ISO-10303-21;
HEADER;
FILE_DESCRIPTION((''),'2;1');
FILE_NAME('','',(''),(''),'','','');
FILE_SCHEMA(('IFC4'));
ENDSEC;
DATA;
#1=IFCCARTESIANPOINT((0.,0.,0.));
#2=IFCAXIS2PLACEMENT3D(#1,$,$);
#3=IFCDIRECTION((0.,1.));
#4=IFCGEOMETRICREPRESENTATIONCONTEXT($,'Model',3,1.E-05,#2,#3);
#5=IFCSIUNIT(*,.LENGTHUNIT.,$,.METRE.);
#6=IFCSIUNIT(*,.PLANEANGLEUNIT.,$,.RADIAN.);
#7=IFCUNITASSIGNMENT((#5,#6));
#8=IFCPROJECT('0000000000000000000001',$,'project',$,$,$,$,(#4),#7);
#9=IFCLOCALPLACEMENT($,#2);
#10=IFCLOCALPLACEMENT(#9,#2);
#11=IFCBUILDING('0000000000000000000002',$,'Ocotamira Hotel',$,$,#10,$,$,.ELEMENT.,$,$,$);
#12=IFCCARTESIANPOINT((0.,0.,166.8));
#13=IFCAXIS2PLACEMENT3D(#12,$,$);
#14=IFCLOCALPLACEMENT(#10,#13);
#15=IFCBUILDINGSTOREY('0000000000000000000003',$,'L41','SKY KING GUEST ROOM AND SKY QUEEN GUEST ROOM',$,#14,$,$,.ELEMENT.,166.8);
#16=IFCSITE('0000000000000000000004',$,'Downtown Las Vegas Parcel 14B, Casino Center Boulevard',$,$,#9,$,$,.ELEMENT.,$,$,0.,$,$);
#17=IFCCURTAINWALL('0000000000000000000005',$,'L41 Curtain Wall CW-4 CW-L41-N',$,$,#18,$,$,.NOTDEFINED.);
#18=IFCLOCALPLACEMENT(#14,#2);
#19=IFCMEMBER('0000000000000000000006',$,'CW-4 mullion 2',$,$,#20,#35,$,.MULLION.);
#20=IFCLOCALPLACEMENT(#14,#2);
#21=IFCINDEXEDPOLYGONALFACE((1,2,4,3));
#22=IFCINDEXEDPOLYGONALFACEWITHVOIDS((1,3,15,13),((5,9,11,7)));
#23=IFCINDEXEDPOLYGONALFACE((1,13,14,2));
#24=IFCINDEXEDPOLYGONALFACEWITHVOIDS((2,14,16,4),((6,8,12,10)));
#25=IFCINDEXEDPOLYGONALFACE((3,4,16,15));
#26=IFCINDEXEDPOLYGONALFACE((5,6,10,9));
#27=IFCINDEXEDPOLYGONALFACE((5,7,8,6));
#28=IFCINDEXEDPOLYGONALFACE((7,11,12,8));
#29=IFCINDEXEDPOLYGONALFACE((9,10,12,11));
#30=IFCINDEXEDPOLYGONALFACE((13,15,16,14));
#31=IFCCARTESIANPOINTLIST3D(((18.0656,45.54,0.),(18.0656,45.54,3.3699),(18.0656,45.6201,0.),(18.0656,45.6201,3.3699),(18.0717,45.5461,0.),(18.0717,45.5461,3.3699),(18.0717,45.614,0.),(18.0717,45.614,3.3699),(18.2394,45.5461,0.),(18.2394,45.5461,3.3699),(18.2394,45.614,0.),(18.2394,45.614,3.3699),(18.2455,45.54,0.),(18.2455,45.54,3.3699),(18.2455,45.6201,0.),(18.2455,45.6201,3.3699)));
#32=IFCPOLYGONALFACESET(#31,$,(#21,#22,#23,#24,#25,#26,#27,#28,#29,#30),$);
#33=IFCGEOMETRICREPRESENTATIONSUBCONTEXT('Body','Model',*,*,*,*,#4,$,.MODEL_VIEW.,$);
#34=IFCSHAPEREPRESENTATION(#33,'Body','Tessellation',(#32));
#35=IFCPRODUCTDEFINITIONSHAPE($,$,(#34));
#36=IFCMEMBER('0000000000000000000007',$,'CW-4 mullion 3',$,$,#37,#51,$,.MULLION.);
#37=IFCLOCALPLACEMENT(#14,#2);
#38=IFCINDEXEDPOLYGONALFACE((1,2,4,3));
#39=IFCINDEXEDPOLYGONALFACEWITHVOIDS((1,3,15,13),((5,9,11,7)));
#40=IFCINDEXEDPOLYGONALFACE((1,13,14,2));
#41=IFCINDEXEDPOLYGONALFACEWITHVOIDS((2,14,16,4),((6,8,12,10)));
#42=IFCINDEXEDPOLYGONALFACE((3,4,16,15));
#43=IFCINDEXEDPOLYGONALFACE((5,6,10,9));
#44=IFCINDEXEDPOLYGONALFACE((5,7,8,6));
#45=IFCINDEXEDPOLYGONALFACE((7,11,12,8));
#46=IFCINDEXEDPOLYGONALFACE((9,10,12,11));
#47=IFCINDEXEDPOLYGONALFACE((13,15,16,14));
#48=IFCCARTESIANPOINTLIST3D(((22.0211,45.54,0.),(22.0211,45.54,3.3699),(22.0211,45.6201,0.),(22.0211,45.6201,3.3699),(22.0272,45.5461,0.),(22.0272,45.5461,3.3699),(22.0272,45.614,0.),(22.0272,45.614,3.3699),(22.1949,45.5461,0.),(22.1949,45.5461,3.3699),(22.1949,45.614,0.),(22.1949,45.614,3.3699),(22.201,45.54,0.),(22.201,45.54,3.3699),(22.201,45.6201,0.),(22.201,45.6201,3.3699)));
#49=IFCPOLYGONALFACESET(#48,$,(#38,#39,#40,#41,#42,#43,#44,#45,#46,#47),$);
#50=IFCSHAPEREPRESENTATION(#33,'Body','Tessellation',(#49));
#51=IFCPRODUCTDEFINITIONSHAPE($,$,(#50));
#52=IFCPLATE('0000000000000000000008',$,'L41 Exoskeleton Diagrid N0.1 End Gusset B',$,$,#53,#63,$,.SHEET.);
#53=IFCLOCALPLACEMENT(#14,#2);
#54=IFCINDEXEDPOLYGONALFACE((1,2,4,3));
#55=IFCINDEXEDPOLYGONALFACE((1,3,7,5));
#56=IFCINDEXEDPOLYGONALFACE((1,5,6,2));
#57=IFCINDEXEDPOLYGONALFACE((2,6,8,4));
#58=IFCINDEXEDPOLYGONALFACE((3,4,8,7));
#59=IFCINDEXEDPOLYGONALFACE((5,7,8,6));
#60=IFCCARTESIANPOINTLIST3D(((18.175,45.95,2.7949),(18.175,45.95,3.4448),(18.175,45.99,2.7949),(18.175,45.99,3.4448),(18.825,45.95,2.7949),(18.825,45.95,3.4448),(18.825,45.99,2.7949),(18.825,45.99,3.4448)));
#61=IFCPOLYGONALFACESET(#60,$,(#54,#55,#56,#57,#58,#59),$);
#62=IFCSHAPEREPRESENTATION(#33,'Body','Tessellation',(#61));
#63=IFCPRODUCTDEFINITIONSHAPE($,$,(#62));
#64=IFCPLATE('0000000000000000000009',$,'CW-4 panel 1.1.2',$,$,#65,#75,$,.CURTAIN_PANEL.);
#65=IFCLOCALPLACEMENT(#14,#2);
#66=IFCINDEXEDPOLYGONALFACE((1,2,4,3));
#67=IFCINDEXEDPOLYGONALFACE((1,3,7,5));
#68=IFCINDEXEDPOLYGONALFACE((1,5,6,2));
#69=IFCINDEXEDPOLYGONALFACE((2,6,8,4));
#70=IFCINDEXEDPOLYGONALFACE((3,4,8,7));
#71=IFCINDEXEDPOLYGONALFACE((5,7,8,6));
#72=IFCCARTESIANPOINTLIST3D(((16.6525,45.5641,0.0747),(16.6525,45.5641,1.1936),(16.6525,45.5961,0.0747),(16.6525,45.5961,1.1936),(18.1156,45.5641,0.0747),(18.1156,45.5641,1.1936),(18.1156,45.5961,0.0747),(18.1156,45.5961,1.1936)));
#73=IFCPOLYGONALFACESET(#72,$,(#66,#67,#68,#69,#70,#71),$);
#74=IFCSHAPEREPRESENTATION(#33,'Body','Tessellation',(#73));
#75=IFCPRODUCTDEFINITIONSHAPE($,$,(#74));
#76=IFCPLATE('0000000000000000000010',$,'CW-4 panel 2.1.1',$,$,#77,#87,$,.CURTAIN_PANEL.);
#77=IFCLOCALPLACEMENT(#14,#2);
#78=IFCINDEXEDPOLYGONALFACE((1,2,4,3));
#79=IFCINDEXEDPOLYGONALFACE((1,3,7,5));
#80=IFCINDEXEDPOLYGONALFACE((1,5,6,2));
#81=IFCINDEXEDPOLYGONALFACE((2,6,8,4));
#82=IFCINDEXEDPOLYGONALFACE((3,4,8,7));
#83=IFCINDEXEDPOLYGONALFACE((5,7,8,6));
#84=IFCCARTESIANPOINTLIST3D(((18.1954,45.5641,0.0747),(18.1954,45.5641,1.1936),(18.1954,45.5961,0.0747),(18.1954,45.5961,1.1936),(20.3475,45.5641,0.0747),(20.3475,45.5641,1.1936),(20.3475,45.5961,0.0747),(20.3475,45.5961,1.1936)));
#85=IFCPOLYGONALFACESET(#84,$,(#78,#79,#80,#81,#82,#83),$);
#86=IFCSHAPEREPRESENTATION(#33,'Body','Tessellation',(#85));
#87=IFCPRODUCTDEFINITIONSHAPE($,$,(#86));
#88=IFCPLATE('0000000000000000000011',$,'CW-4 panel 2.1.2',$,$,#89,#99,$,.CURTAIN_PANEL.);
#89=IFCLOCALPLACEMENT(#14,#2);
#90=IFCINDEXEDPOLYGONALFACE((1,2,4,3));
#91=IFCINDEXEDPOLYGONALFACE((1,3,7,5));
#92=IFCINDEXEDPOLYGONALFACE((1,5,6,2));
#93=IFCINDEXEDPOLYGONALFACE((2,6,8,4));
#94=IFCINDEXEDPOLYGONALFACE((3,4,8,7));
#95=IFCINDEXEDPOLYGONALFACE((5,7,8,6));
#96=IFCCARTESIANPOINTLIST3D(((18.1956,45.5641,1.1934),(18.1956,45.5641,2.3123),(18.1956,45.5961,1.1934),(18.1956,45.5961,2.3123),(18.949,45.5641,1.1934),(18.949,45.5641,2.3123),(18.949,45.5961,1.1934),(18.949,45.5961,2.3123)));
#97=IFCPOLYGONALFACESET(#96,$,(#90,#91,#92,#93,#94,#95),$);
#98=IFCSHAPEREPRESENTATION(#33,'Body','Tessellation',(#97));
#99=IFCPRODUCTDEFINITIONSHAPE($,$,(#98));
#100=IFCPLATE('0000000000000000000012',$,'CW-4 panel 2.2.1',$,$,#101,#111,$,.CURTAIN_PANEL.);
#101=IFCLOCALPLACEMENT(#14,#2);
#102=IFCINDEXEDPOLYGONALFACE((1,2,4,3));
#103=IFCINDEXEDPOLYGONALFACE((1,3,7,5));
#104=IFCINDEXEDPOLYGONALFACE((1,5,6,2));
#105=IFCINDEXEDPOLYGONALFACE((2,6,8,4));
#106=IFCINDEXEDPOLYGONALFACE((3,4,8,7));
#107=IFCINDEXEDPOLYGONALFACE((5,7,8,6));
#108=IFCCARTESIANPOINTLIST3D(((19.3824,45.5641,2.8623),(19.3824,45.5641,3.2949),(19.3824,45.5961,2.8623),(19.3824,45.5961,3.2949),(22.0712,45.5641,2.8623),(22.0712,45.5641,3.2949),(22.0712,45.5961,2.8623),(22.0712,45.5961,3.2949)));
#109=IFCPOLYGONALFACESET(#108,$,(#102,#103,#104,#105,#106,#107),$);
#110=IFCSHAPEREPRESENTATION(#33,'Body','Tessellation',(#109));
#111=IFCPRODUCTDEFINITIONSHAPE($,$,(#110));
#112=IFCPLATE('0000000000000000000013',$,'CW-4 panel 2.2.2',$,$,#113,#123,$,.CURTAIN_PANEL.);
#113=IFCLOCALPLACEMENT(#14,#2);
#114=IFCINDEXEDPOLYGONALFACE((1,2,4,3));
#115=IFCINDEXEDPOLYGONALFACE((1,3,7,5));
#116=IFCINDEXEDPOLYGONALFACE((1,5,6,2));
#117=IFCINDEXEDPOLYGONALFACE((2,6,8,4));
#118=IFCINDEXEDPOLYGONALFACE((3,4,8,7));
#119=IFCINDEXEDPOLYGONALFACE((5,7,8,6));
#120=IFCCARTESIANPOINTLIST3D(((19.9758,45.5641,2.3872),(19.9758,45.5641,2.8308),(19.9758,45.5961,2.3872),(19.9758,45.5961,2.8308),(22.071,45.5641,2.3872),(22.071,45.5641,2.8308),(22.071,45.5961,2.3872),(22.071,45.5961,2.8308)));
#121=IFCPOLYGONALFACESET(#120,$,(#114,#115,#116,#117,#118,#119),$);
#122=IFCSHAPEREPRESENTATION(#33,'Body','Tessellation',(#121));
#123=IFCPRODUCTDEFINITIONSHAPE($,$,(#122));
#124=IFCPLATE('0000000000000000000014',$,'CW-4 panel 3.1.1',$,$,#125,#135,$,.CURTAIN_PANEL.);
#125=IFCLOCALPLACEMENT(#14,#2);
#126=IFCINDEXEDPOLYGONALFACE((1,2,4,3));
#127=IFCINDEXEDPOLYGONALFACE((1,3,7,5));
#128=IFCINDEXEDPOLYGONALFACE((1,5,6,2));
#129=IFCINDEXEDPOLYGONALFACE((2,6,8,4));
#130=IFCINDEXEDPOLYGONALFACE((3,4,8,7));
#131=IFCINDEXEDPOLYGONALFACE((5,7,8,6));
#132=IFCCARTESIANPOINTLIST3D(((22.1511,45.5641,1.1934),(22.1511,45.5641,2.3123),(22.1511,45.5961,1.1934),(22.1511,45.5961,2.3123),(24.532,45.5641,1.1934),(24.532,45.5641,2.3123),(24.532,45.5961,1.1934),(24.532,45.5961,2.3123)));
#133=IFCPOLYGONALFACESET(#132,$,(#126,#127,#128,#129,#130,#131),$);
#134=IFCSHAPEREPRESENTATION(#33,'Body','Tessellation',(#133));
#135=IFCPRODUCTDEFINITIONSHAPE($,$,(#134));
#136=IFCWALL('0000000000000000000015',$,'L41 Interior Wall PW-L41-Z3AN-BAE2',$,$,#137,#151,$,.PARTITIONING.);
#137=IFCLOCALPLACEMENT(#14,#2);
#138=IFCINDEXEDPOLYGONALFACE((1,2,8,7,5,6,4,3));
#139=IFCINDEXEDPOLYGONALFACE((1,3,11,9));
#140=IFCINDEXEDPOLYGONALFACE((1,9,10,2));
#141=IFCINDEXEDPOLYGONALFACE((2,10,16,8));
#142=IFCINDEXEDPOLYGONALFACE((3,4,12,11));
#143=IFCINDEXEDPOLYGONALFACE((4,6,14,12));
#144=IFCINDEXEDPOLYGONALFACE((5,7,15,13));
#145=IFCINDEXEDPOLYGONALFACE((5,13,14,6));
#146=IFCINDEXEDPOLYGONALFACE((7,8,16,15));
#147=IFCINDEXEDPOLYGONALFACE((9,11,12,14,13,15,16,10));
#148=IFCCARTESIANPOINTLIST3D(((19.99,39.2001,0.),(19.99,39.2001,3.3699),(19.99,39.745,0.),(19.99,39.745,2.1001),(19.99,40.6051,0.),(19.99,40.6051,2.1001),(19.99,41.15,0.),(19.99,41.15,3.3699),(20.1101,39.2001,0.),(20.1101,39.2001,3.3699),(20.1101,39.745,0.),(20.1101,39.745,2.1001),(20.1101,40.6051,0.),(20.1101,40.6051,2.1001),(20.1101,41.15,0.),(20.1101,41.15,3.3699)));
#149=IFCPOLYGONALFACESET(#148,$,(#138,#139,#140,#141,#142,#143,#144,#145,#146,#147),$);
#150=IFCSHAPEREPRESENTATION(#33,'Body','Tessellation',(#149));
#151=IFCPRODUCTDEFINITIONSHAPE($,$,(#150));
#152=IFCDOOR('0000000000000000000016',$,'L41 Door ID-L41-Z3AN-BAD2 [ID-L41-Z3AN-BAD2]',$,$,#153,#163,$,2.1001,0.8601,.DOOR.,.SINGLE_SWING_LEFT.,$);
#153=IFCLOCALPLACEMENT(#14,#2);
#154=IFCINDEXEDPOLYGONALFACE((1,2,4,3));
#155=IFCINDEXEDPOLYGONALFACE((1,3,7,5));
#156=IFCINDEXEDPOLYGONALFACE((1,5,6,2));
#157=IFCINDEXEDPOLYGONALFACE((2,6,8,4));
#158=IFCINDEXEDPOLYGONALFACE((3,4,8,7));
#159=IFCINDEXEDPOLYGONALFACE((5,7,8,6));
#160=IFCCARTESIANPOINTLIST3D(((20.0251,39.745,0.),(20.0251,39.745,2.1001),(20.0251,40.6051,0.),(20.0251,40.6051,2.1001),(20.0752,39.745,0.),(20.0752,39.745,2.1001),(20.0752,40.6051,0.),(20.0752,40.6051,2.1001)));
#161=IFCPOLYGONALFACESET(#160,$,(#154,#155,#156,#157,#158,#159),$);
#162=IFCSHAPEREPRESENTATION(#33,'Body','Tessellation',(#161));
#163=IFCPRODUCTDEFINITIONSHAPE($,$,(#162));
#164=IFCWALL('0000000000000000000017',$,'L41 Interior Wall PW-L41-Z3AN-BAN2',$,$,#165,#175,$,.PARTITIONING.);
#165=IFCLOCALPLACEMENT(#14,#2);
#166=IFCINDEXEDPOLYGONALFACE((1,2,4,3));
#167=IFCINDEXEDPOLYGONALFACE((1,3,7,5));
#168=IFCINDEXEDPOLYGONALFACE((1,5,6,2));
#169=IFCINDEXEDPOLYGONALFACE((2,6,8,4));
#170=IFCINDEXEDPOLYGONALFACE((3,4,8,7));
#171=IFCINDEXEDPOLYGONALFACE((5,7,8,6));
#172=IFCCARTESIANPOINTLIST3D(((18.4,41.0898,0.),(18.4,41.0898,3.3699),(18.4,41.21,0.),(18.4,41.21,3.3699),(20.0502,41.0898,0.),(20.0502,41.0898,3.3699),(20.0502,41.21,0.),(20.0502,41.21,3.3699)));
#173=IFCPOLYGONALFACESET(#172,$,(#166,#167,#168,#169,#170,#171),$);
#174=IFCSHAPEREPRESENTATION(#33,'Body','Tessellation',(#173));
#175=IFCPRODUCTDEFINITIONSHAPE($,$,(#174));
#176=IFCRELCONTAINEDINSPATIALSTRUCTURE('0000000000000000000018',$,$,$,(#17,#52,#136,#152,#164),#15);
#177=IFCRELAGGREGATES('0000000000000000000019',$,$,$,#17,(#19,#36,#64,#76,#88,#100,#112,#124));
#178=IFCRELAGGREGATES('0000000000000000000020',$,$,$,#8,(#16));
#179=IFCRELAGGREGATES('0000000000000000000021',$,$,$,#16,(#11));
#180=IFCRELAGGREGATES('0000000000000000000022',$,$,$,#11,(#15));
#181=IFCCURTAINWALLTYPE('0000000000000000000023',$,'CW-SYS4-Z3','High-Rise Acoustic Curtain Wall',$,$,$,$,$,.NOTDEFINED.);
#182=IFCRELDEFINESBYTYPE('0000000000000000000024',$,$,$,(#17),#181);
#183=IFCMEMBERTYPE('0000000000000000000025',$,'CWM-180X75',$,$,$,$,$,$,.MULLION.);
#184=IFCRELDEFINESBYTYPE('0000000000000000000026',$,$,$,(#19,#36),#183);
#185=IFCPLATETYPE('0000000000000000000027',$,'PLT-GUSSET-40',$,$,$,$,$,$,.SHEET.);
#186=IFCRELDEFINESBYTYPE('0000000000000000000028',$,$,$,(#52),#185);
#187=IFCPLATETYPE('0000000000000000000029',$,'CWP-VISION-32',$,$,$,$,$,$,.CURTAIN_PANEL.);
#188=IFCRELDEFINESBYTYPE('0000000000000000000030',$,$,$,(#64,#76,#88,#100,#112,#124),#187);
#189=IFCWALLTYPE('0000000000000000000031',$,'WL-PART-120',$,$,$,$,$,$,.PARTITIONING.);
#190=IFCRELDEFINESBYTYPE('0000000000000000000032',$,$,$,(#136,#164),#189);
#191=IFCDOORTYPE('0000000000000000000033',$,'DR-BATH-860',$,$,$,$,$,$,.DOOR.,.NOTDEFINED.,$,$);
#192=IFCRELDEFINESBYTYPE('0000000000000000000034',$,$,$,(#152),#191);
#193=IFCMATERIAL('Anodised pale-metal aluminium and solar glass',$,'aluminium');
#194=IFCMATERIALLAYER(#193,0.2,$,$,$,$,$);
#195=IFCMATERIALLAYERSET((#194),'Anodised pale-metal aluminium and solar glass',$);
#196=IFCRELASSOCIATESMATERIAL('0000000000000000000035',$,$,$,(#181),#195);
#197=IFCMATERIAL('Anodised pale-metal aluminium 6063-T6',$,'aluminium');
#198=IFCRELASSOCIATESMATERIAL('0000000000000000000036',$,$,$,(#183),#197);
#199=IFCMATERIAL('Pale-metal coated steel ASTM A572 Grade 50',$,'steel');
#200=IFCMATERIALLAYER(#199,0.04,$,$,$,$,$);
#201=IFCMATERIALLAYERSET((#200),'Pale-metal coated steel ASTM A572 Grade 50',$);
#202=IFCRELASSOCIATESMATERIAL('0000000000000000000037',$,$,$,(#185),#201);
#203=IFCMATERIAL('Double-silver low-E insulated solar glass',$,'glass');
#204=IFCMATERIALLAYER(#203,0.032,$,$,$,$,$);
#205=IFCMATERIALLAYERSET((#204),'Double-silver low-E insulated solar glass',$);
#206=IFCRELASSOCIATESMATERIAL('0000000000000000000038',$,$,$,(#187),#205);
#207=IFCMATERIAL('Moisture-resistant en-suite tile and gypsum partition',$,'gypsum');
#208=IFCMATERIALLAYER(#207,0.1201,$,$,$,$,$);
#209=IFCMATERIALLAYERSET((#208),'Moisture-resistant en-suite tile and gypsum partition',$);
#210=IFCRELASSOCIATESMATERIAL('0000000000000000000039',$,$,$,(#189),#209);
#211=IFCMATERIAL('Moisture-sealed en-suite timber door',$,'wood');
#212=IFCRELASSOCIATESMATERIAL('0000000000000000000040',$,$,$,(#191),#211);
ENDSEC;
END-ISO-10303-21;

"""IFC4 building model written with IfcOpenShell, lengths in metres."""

from ifc_helpers import new_model, si_unit, direction, frame, frame_2d, origin, origin_2d, place, context, subcontext, project, spatial, rectangle, hollow_rectangle, extrude, source, transform, mapped, material, layer, layer_set, material_profile, profile_set, type_object, element, fill, aggregate, save


model = new_model("IFC4")

# Units and contexts
model_context = context("Model", 3, precision=1e-05, world=origin(), true_north=direction((0.0, 1.0)))
body_context = subcontext(model_context, "Body", "Model", "MODEL_VIEW")
ifc_project = project(units=[si_unit("LENGTHUNIT", "METRE"), si_unit("PLANEANGLEUNIT", "RADIAN")], contexts=[model_context])

# Site, building, storey
site_placement = place(None, origin())
site = spatial("IfcSite", under=ifc_project, at=site_placement, Name="Downtown Las Vegas Parcel 14B, Casino Center Boulevard", CompositionType="ELEMENT", RefElevation=0.0)
building_placement = place(site_placement, origin())
building = spatial("IfcBuilding", under=site, at=building_placement, Name="Ocotamira Hotel", CompositionType="ELEMENT")
storey_placement = place(building_placement, frame((0.0, 0.0, 166.8)))
storey = spatial("IfcBuildingStorey", under=building, at=storey_placement, Name="L41", Description="SKY KING GUEST ROOM AND SKY QUEEN GUEST ROOM", CompositionType="ELEMENT", Elevation=166.8)

# Curtain wall, members
ifc_material_1 = material(Name="Anodised pale-metal aluminium and solar glass", Category="aluminium")
ifc_layer_1 = layer(ifc_material_1, 0.2)
ifc_layer_set_1 = layer_set([ifc_layer_1], Name="Anodised pale-metal aluminium and solar glass")
curtain_wall_type = type_object("IfcCurtainWallType", Name="CW-SYS4-Z3", Description="High-Rise Acoustic Curtain Wall", PredefinedType="NOTDEFINED", material=ifc_layer_set_1)
curtain_wall_placement = place(storey_placement, origin())
curtain_wall = element("IfcCurtainWall", 1, at=curtain_wall_placement, inside=storey, type_object=curtain_wall_type, Name="L41 Curtain Wall CW-4 CW-L41-N", PredefinedType="NOTDEFINED")
ifc_material_2 = material(Name="Anodised pale-metal aluminium 6063-T6", Category="aluminium")
ifc_material_profile_1 = material_profile(ifc_material_2, hollow_rectangle(XDim=0.0801, YDim=0.1799, WallThickness=0.0061, at=origin_2d()), Name="HSS180X80X6")
ifc_profile_set_1 = profile_set([ifc_material_profile_1], Name="Anodised pale-metal aluminium 6063-T6")
member_type_1 = type_object("IfcMemberType", Name="CWM-180X75", PredefinedType="MULLION", material=ifc_profile_set_1)
shared_shape_1 = source(origin(), body_context, "Body", "SweptSolid", [
    extrude(hollow_rectangle(XDim=0.0801, YDim=0.1799, WallThickness=0.0061, at=origin_2d()), origin(), (0.0, 0.0, 1.0), 3.3699),
])
member_1_placement = place(storey_placement, frame((18.1555, 45.5801, 0.0), z_axis=(0.0, 0.0, 1.0), x_axis=(0.0, 1.0, 0.0)))
member_1 = element("IfcMember", 2, at=member_1_placement, type_object=member_type_1, Name="CW-4 mullion 2", PredefinedType="MULLION", context=body_context, shape_type="MappedRepresentation", body=[
    mapped(shared_shape_1, transform((0.0, 0.0, 0.0), scale=1.0)),
])
member_2_placement = place(storey_placement, frame((22.1111, 45.5801, 0.0), z_axis=(0.0, 0.0, 1.0), x_axis=(0.0, 1.0, 0.0)))
member_2 = element("IfcMember", 3, at=member_2_placement, type_object=member_type_1, Name="CW-4 mullion 3", PredefinedType="MULLION", context=body_context, shape_type="MappedRepresentation", body=[
    mapped(shared_shape_1, transform((0.0, 0.0, 0.0), scale=1.0)),
])

# Plates
ifc_material_3 = material(Name="Pale-metal coated steel ASTM A572 Grade 50", Category="steel")
ifc_layer_2 = layer(ifc_material_3, 0.04)
ifc_layer_set_2 = layer_set([ifc_layer_2], Name="Pale-metal coated steel ASTM A572 Grade 50")
plate_type_1 = type_object("IfcPlateType", Name="PLT-GUSSET-40", PredefinedType="SHEET", material=ifc_layer_set_2)
shared_shape_2 = source(origin(), body_context, "Body", "SweptSolid", [
    extrude(rectangle(XDim=0.6499, YDim=0.04, at=origin_2d()), origin(), (0.0, 0.0, 1.0), 0.6499),
])
plate_1_placement = place(storey_placement, frame((18.5, 45.97, 2.7949), z_axis=(0.0, 0.0, 1.0), x_axis=(1.0, 0.0, 0.0)))
element("IfcPlate", 4, at=plate_1_placement, inside=storey, type_object=plate_type_1, Name="L41 Exoskeleton Diagrid N0.1 End Gusset B", PredefinedType="SHEET", context=body_context, shape_type="MappedRepresentation", body=[
    mapped(shared_shape_2, transform((0.0, 0.0, 0.0), scale=1.0)),
])
ifc_material_4 = material(Name="Double-silver low-E insulated solar glass", Category="glass")
ifc_layer_3 = layer(ifc_material_4, 0.032)
ifc_layer_set_3 = layer_set([ifc_layer_3], Name="Double-silver low-E insulated solar glass")
plate_type_2 = type_object("IfcPlateType", Name="CWP-VISION-32", PredefinedType="CURTAIN_PANEL", material=ifc_layer_set_3)
shared_shape_3 = source(origin(), body_context, "Body", "SweptSolid", [
    extrude(rectangle(XDim=1.4631, YDim=0.032, at=origin_2d()), origin(), (0.0, 0.0, 1.0), 1.1189),
])
plate_2_placement = place(storey_placement, frame((17.384, 45.5801, 0.0747), z_axis=(0.0, 0.0, 1.0), x_axis=(1.0, 0.0, 0.0)))
plate_2 = element("IfcPlate", 5, at=plate_2_placement, type_object=plate_type_2, Name="CW-4 panel 1.1.2", PredefinedType="CURTAIN_PANEL", context=body_context, shape_type="MappedRepresentation", body=[
    mapped(shared_shape_3, transform((0.0, 0.0, 0.0), scale=1.0)),
])
shared_shape_4 = source(origin(), body_context, "Body", "SweptSolid", [
    extrude(rectangle(XDim=2.1521, YDim=0.032, at=origin_2d()), origin(), (0.0, 0.0, 1.0), 1.1189),
])
plate_3_placement = place(storey_placement, frame((19.2715, 45.5801, 0.0747), z_axis=(0.0, 0.0, 1.0), x_axis=(1.0, 0.0, 0.0)))
plate_3 = element("IfcPlate", 6, at=plate_3_placement, type_object=plate_type_2, Name="CW-4 panel 2.1.1", PredefinedType="CURTAIN_PANEL", context=body_context, shape_type="MappedRepresentation", body=[
    mapped(shared_shape_4, transform((0.0, 0.0, 0.0), scale=1.0)),
])
shared_shape_5 = source(origin(), body_context, "Body", "SweptSolid", [
    extrude(rectangle(XDim=0.7534, YDim=0.032, at=origin_2d()), origin(), (0.0, 0.0, 1.0), 1.1189),
])
plate_4_placement = place(storey_placement, frame((18.5723, 45.5801, 1.1934), z_axis=(0.0, 0.0, 1.0), x_axis=(1.0, 0.0, 0.0)))
plate_4 = element("IfcPlate", 7, at=plate_4_placement, type_object=plate_type_2, Name="CW-4 panel 2.1.2", PredefinedType="CURTAIN_PANEL", context=body_context, shape_type="MappedRepresentation", body=[
    mapped(shared_shape_5, transform((0.0, 0.0, 0.0), scale=1.0)),
])
shared_shape_6 = source(origin(), body_context, "Body", "SweptSolid", [
    extrude(rectangle(XDim=2.6887, YDim=0.032, at=origin_2d()), origin(), (0.0, 0.0, 1.0), 0.4326),
])
plate_5_placement = place(storey_placement, frame((20.7268, 45.5801, 2.8623), z_axis=(0.0, 0.0, 1.0), x_axis=(1.0, 0.0, 0.0)))
plate_5 = element("IfcPlate", 8, at=plate_5_placement, type_object=plate_type_2, Name="CW-4 panel 2.2.1", PredefinedType="CURTAIN_PANEL", context=body_context, shape_type="MappedRepresentation", body=[
    mapped(shared_shape_6, transform((0.0, 0.0, 0.0), scale=1.0)),
])
shared_shape_7 = source(origin(), body_context, "Body", "SweptSolid", [
    extrude(rectangle(XDim=2.0952, YDim=0.032, at=origin_2d()), origin(), (0.0, 0.0, 1.0), 0.4436),
])
plate_6_placement = place(storey_placement, frame((21.0234, 45.5801, 2.3872), z_axis=(0.0, 0.0, 1.0), x_axis=(1.0, 0.0, 0.0)))
plate_6 = element("IfcPlate", 9, at=plate_6_placement, type_object=plate_type_2, Name="CW-4 panel 2.2.2", PredefinedType="CURTAIN_PANEL", context=body_context, shape_type="MappedRepresentation", body=[
    mapped(shared_shape_7, transform((0.0, 0.0, 0.0), scale=1.0)),
])
shared_shape_8 = source(origin(), body_context, "Body", "SweptSolid", [
    extrude(rectangle(XDim=2.3809, YDim=0.032, at=origin_2d()), origin(), (0.0, 0.0, 1.0), 1.1189),
])
plate_7_placement = place(storey_placement, frame((23.3416, 45.5801, 1.1934), z_axis=(0.0, 0.0, 1.0), x_axis=(1.0, 0.0, 0.0)))
plate_7 = element("IfcPlate", 10, at=plate_7_placement, type_object=plate_type_2, Name="CW-4 panel 3.1.1", PredefinedType="CURTAIN_PANEL", context=body_context, shape_type="MappedRepresentation", body=[
    mapped(shared_shape_8, transform((0.0, 0.0, 0.0), scale=1.0)),
])
aggregate(curtain_wall, [member_1, member_2, plate_2, plate_3, plate_4, plate_5, plate_6, plate_7])

# Wall, opening, door
ifc_material_5 = material(Name="Moisture-resistant en-suite tile and gypsum partition", Category="gypsum")
ifc_layer_4 = layer(ifc_material_5, 0.1201)
ifc_layer_set_4 = layer_set([ifc_layer_4], Name="Moisture-resistant en-suite tile and gypsum partition")
wall_type_1 = type_object("IfcWallType", Name="WL-PART-120", PredefinedType="PARTITIONING", material=ifc_layer_set_4)
wall_1_placement = place(storey_placement, frame((20.05, 39.2, 0.0), z_axis=(0.0, 0.0, 1.0), x_axis=(0.0, 1.0, 0.0)))
wall_1 = element("IfcWall", 11, at=wall_1_placement, inside=storey, type_object=wall_type_1, Name="L41 Interior Wall PW-L41-Z3AN-BAE2", PredefinedType="PARTITIONING", context=body_context, shape_type="SweptSolid", body=[
    extrude(rectangle(XDim=1.95, YDim=0.1201, at=frame_2d((0.9751, 0.0))), origin(), (0.0, 0.0, 1.0), 3.3699),
])
opening_placement = place(wall_1_placement, frame((0.5449, 0.0, 0.0)))
opening = element("IfcOpeningElement", 12, at=opening_placement, cuts=wall_1, PredefinedType="OPENING", context=body_context, shape_type="SweptSolid", body=[
    extrude(rectangle(XDim=0.8601, YDim=2.1001, at=frame_2d((0.4302, 1.05))), frame((0.0, 0.0701, 0.0), z_axis=(0.0, -1.0, 0.0), x_axis=(1.0, 0.0, 0.0)), (0.0, 0.0, 1.0), 0.1401),
])
ifc_material_6 = material(Name="Moisture-sealed en-suite timber door", Category="wood")
door_type = type_object("IfcDoorType", Name="DR-BATH-860", OperationType="NOTDEFINED", PredefinedType="DOOR", material=ifc_material_6)
shared_shape_9 = source(origin(), body_context, "Body", "SweptSolid", [
    extrude(rectangle(XDim=0.8601, YDim=2.1001, at=frame_2d((0.4302, 1.05))), frame((0.0, 0.0249, 0.0), z_axis=(0.0, -1.0, 0.0), x_axis=(1.0, 0.0, 0.0)), (0.0, 0.0, 1.0), 0.05),
])
door_placement = place(opening_placement, origin())
door = element("IfcDoor", 13, at=door_placement, inside=storey, type_object=door_type, Name="L41 Door ID-L41-Z3AN-BAD2 [ID-L41-Z3AN-BAD2]", OperationType="SINGLE_SWING_LEFT", OverallHeight=2.1001, OverallWidth=0.8601, PredefinedType="DOOR", context=body_context, shape_type="MappedRepresentation", body=[
    mapped(shared_shape_9, transform((0.0, 0.0, 0.0), scale=1.0)),
])
fill(opening, door)

# Wall
wall_2_placement = place(storey_placement, frame((18.3999, 41.1499, 0.0), z_axis=(0.0, 0.0, 1.0), x_axis=(1.0, 0.0, 0.0)))
element("IfcWall", 14, at=wall_2_placement, inside=storey, type_object=wall_type_1, Name="L41 Interior Wall PW-L41-Z3AN-BAN2", PredefinedType="PARTITIONING", context=body_context, shape_type="SweptSolid", body=[
    extrude(rectangle(XDim=1.6501, YDim=0.1201, at=frame_2d((0.8252, 0.0))), origin(), (0.0, 0.0, 1.0), 3.3699),
])

save(model, "model.ifc")
